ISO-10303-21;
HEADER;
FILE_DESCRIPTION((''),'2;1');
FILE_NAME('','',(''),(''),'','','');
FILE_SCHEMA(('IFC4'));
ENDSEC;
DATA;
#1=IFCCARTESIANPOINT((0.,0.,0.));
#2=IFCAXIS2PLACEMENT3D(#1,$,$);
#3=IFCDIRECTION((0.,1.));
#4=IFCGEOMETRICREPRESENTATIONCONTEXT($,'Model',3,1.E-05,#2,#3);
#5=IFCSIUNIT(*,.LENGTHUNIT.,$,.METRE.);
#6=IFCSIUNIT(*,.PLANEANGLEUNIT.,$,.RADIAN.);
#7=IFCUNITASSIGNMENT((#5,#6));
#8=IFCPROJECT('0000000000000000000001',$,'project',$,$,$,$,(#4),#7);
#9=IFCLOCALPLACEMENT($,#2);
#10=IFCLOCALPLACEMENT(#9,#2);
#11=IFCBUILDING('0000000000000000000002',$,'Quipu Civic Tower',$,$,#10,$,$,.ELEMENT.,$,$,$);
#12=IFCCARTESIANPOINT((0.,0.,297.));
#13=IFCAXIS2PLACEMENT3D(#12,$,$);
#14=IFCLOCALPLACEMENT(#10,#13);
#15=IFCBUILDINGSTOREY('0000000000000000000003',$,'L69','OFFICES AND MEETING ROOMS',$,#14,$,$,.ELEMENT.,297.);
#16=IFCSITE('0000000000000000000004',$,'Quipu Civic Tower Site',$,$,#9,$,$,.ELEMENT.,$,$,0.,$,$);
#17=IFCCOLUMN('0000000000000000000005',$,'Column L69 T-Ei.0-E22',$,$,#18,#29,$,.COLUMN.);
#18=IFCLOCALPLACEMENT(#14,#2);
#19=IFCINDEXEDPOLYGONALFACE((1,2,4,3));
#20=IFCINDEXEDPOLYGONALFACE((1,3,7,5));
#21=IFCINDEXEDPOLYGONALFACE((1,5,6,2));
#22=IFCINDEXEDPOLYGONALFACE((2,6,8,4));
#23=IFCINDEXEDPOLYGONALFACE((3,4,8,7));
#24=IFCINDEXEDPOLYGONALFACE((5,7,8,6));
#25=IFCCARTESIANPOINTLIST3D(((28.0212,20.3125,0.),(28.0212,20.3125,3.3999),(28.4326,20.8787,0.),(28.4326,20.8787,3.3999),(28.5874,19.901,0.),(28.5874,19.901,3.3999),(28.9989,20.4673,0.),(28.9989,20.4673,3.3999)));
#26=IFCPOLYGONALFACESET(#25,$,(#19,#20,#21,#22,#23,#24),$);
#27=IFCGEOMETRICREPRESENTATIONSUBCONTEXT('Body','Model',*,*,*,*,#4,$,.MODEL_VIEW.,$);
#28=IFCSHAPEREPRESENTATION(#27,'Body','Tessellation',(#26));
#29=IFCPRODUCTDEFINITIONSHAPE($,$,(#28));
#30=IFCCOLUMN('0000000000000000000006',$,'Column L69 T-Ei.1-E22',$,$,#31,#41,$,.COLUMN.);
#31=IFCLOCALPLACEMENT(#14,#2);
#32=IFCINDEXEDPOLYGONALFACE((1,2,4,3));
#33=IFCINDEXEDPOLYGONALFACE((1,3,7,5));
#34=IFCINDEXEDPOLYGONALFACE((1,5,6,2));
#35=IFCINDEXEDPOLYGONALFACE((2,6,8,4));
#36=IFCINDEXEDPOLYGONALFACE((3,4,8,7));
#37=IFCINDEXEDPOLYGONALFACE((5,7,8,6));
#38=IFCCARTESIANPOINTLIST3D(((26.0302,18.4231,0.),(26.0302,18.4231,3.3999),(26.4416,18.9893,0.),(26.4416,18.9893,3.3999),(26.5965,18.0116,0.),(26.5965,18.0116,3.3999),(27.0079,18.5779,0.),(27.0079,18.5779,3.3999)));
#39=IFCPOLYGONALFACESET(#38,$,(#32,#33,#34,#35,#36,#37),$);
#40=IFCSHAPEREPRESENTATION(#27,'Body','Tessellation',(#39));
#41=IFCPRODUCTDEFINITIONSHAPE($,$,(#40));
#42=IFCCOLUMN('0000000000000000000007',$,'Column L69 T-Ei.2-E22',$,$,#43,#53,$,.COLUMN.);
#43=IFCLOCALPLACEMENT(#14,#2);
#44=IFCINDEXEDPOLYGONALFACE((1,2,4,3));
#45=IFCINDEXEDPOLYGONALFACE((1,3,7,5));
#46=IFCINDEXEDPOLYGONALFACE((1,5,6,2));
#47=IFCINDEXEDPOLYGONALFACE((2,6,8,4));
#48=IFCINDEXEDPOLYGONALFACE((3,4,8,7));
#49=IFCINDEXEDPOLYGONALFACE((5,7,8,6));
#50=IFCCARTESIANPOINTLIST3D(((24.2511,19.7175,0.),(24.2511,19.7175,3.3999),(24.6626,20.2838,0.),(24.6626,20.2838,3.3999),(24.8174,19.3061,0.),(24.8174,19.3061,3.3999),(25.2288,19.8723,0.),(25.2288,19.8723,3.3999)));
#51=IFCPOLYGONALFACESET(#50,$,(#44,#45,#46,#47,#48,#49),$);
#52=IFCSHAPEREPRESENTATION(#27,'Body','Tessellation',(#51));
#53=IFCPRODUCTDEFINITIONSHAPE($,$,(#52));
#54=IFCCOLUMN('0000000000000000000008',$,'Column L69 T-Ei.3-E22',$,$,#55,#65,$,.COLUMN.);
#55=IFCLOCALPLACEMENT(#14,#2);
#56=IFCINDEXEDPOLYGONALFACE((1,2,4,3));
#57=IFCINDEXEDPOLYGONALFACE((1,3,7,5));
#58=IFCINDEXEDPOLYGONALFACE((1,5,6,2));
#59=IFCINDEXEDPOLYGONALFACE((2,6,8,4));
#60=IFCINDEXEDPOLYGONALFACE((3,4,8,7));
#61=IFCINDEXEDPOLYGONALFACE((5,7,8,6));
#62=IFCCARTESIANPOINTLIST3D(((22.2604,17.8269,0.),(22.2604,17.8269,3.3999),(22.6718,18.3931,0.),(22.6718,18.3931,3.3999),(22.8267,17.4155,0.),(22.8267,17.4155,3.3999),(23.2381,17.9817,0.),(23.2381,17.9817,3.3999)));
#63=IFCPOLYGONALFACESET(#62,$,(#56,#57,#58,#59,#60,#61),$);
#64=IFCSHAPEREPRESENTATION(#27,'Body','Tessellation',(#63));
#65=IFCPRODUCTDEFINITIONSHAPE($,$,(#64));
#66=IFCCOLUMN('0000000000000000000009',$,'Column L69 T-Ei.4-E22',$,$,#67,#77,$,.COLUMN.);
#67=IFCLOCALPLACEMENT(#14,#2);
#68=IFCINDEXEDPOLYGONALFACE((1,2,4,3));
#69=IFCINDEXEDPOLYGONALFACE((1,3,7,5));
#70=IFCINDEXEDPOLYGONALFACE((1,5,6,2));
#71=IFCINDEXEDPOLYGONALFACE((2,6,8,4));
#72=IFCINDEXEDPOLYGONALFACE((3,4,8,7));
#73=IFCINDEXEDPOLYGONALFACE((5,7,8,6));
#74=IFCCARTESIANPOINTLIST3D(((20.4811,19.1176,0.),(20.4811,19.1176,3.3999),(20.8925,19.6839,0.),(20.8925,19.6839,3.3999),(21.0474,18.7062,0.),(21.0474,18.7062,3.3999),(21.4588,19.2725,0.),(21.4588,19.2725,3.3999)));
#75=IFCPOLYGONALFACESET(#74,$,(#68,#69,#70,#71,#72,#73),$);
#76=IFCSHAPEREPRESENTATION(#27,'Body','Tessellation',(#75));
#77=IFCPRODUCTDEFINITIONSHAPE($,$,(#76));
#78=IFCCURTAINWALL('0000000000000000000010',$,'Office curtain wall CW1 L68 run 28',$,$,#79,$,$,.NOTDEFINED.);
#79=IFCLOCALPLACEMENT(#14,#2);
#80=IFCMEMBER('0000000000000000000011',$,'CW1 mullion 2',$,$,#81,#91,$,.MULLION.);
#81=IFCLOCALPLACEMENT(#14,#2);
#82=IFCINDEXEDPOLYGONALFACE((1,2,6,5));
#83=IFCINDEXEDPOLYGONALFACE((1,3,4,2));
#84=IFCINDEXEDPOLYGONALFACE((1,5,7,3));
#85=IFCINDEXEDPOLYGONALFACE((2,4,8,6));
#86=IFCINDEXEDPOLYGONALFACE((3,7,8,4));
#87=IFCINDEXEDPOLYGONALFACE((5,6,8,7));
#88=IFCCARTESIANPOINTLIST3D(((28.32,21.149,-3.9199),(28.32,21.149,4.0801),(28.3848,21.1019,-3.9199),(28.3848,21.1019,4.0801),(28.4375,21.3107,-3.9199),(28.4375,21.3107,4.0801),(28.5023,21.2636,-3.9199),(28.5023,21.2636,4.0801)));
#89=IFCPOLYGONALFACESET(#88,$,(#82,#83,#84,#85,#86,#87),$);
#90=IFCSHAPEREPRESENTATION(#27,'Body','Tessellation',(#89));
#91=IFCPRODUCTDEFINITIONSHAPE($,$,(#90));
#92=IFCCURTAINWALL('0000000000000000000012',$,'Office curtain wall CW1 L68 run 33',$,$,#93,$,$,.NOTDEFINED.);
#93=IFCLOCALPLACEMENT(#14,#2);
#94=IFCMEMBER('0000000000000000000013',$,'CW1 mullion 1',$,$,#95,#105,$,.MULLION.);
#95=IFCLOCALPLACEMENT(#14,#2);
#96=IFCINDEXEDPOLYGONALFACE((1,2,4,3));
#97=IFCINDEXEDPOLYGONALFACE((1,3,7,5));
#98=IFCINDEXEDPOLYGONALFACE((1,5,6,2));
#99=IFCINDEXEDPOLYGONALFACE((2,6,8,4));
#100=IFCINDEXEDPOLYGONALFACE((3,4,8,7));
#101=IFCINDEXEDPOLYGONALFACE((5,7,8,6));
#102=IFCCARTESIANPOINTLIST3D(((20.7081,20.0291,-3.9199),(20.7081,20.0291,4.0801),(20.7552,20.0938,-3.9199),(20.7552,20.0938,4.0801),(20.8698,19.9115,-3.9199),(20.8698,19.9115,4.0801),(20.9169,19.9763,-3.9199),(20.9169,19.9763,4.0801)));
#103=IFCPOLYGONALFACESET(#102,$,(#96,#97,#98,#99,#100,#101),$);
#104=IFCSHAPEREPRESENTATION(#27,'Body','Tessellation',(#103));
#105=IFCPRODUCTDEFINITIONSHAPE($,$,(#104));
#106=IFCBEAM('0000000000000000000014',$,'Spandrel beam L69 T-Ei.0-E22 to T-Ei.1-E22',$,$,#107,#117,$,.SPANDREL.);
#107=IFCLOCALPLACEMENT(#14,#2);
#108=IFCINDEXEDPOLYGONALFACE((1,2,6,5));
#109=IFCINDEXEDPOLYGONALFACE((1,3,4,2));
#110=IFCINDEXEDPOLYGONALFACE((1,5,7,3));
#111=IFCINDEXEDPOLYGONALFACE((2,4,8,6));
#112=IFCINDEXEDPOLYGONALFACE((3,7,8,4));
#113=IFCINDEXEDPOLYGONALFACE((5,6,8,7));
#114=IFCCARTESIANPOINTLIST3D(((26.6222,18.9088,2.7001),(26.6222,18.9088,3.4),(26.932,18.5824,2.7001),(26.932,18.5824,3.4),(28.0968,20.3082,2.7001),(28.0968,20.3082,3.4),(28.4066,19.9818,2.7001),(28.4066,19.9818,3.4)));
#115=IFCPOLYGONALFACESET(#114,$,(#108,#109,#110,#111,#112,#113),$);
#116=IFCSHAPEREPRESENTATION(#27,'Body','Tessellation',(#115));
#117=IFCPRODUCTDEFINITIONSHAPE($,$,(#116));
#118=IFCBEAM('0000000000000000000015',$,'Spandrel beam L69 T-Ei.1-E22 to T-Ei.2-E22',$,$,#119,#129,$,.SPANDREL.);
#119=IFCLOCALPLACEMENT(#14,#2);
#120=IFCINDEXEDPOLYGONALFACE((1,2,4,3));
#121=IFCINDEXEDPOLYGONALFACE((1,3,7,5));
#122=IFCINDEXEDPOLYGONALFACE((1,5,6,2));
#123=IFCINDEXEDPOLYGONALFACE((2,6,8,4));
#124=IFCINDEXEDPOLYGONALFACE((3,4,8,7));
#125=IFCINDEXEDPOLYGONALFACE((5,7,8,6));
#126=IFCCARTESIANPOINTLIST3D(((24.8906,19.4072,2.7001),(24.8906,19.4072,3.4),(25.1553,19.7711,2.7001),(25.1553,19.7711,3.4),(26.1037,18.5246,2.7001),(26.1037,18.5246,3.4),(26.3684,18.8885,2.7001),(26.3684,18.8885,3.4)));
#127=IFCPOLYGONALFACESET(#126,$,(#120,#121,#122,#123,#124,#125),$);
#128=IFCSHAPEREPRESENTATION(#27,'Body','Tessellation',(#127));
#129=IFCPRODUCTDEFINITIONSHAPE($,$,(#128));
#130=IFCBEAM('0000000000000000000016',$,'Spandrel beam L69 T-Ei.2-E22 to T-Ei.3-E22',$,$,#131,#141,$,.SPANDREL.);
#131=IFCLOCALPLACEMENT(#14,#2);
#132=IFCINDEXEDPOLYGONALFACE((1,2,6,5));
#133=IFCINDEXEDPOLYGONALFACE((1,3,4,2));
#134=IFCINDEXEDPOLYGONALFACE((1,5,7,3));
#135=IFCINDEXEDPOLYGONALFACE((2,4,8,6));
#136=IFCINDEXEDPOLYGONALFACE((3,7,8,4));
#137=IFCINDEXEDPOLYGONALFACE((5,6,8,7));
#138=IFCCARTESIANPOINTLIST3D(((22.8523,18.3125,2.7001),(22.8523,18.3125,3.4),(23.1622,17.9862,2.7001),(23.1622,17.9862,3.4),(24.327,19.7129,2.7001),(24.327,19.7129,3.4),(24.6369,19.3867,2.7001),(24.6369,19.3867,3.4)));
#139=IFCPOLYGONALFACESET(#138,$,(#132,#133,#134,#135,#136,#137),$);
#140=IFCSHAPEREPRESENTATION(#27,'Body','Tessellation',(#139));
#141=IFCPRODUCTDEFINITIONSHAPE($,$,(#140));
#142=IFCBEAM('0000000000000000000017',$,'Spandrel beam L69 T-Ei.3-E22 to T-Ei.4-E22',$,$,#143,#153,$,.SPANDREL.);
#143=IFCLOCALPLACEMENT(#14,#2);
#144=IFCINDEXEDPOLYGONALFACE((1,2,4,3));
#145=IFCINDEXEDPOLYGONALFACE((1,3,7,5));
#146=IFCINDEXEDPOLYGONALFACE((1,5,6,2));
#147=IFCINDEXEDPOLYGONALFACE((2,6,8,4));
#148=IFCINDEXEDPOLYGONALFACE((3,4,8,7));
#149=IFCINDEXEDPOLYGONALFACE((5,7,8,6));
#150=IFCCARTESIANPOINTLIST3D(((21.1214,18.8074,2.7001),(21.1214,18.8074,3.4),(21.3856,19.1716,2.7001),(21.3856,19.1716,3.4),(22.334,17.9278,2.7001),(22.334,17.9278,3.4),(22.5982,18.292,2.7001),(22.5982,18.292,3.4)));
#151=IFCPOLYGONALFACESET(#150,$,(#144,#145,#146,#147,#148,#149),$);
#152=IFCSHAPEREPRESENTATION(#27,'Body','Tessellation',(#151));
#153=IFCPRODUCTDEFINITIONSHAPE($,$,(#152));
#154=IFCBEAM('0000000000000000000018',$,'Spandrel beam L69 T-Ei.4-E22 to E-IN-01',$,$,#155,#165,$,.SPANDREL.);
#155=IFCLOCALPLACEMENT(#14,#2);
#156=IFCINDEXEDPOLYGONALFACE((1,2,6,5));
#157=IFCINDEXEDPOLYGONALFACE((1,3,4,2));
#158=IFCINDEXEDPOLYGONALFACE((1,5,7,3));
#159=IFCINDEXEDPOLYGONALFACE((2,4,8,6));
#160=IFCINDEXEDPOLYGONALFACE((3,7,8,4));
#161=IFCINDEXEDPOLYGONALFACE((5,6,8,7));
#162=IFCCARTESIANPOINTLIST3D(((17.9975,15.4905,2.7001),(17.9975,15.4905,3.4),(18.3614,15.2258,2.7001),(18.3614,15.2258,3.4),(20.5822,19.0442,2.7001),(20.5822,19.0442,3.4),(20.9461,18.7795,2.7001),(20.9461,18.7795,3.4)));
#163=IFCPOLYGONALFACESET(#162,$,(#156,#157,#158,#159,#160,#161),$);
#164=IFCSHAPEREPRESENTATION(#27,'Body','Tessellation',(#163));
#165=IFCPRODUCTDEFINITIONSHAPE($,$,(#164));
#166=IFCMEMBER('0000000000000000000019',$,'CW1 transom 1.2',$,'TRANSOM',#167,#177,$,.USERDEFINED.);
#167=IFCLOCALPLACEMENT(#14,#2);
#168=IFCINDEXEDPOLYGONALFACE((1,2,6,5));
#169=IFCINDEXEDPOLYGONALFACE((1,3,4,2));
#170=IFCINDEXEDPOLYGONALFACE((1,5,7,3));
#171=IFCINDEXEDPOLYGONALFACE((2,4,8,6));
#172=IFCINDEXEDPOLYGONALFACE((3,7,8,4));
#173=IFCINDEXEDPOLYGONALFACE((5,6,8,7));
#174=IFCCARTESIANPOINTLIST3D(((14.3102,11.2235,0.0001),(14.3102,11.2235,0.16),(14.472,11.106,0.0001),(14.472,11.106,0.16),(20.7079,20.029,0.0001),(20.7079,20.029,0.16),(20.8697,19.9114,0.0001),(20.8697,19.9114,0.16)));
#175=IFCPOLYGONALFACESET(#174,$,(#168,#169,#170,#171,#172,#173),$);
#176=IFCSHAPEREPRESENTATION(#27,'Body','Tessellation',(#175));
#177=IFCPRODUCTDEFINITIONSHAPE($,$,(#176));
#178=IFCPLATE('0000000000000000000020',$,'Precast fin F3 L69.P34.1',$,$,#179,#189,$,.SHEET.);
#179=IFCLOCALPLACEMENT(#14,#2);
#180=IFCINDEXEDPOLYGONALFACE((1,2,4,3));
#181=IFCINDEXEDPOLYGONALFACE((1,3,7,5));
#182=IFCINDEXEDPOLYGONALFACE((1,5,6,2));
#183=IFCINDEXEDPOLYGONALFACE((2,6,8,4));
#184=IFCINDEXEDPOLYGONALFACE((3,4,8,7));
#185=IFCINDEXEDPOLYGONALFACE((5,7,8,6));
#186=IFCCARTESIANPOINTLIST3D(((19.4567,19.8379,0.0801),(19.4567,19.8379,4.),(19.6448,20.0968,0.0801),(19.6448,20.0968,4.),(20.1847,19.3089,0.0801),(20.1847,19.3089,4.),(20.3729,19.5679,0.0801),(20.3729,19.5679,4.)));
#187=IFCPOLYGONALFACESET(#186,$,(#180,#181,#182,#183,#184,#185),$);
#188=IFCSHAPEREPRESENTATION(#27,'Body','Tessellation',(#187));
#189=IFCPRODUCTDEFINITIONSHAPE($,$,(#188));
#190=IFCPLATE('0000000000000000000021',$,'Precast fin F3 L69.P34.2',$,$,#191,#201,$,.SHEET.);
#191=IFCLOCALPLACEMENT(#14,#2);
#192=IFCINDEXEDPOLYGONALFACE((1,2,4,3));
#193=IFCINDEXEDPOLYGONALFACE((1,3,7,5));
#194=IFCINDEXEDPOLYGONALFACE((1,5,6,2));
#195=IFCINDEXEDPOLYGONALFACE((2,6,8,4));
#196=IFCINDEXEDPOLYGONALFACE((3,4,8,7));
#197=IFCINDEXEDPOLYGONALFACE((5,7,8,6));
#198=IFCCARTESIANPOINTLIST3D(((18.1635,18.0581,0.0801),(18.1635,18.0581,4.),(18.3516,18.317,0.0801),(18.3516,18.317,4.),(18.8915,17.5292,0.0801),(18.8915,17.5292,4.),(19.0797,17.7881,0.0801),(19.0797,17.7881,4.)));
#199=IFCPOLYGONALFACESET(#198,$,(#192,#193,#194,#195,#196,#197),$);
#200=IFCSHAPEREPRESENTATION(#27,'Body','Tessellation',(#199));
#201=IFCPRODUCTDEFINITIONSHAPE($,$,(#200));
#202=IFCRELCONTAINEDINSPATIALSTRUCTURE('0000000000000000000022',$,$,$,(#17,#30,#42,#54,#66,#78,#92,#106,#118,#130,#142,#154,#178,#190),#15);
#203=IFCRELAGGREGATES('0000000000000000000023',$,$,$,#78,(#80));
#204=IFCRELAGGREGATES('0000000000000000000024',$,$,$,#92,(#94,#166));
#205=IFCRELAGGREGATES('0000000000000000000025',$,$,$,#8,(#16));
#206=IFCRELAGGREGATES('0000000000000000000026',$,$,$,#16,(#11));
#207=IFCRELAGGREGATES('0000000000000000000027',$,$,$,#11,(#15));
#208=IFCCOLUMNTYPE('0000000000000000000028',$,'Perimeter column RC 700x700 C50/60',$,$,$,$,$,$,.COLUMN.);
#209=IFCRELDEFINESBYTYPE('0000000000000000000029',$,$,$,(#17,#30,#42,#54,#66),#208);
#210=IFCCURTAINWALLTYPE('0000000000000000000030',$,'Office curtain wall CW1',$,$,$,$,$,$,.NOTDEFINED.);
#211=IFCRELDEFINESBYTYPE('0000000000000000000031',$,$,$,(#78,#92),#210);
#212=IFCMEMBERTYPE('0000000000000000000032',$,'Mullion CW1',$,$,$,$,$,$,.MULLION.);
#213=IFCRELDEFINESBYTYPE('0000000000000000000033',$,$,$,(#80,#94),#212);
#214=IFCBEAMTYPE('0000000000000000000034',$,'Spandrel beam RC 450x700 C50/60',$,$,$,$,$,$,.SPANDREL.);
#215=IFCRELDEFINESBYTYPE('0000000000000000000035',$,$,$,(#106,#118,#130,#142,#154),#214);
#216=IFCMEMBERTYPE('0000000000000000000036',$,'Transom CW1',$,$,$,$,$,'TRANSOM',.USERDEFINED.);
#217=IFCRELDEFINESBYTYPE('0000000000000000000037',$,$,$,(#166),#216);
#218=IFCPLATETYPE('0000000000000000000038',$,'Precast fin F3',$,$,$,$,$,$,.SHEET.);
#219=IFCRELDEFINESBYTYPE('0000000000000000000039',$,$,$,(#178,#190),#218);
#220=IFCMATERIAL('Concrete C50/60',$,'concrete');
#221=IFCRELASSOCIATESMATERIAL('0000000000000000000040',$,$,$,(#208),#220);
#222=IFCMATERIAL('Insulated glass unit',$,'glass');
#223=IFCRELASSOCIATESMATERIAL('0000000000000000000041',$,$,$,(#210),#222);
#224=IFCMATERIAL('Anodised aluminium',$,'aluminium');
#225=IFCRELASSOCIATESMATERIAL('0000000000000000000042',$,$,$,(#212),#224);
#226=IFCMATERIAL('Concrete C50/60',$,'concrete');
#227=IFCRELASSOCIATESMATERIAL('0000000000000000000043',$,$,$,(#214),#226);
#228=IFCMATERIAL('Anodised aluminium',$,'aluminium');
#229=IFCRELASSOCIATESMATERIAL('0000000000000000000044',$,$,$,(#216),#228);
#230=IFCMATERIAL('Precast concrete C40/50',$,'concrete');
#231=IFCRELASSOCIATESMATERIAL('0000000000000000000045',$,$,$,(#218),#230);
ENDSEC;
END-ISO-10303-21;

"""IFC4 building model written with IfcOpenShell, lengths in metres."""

from ifc_helpers import new_model, si_unit, direction, frame, origin, origin_2d, place, context, subcontext, project, spatial, rectangle, extrude, material, material_profile, profile_set, type_object, element, aggregate, save


model = new_model("IFC4")

# Units and contexts
model_context = context("Model", 3, precision=1e-05, world=origin(), true_north=direction((0.0, 1.0)))
body_context = subcontext(model_context, "Body", "Model", "MODEL_VIEW")
ifc_project = project(units=[si_unit("LENGTHUNIT", "METRE"), si_unit("PLANEANGLEUNIT", "RADIAN")], contexts=[model_context])

# Site, building, storey
site_placement = place(None, origin())
site = spatial("IfcSite", under=ifc_project, at=site_placement, Name="Quipu Civic Tower Site", CompositionType="ELEMENT", RefElevation=0.0)
building_placement = place(site_placement, origin())
building = spatial("IfcBuilding", under=site, at=building_placement, Name="Quipu Civic Tower", CompositionType="ELEMENT")
storey_placement = place(building_placement, frame((0.0, 0.0, 297.0)))
storey = spatial("IfcBuildingStorey", under=building, at=storey_placement, Name="L69", Description="OFFICES AND MEETING ROOMS", CompositionType="ELEMENT", Elevation=297.0)

# Columns
ifc_material_1 = material(Name="Concrete C50/60", Category="concrete")
ifc_material_profile_1 = material_profile(ifc_material_1, rectangle(XDim=0.7, YDim=0.7, at=origin_2d()), Name="RC700x700")
ifc_profile_set_1 = profile_set([ifc_material_profile_1], Name="Concrete C50/60")
column_type = type_object("IfcColumnType", Name="Perimeter column RC 700x700 C50/60", PredefinedType="COLUMN", material=ifc_profile_set_1)
for number, where, z_axis, x_axis, name in (
    (1, (28.51, 20.3899, 0.0), (0.0, 0.0, 1.0), (-0.587785, -0.809017, 0.0), "Column L69 T-Ei.0-E22"),
    (2, (26.519, 18.5005, 0.0), (0.0, 0.0, 1.0), (-0.809017, 0.587785, 0.0), "Column L69 T-Ei.1-E22"),
    (3, (24.74, 19.7949, 0.0), (0.0, 0.0, 1.0), (-0.587785, -0.809017, 0.0), "Column L69 T-Ei.2-E22"),
    (4, (22.7493, 17.9043, 0.0), (0.0, 0.0, 1.0), (-0.587785, -0.809017, 0.0), "Column L69 T-Ei.3-E22"),
    (5, (20.97, 19.1951, 0.0), (0.0, 0.0, 1.0), (-0.587785, -0.809017, 0.0), "Column L69 T-Ei.4-E22"),
):
    element("IfcColumn", number, at=place(storey_placement, frame(where, z_axis=z_axis, x_axis=x_axis)), inside=storey, type_object=column_type, Name=name, PredefinedType="COLUMN", context=body_context, shape_type="SweptSolid", body=[
        extrude(rectangle(XDim=0.7, YDim=0.7, at=origin_2d()), origin(), (0.0, 0.0, 1.0), 3.3999),
    ])

# Curtain walls, members
ifc_material_2 = material(Name="Insulated glass unit", Category="glass")
curtain_wall_type = type_object("IfcCurtainWallType", Name="Office curtain wall CW1", PredefinedType="NOTDEFINED", material=ifc_material_2)
curtain_wall_1_placement = place(storey_placement, origin())
curtain_wall_1 = element("IfcCurtainWall", 6, at=curtain_wall_1_placement, inside=storey, type_object=curtain_wall_type, Name="Office curtain wall CW1 L68 run 28", PredefinedType="NOTDEFINED")
ifc_material_3 = material(Name="Anodised aluminium", Category="aluminium")
ifc_material_profile_2 = material_profile(ifc_material_3, rectangle(XDim=0.2, YDim=0.0801, at=origin_2d()), Name="RECT 200x80")
ifc_profile_set_2 = profile_set([ifc_material_profile_2], Name="Anodised aluminium")
member_type_1 = type_object("IfcMemberType", Name="Mullion CW1", PredefinedType="MULLION", material=ifc_profile_set_2)
member_1_placement = place(storey_placement, frame((28.4111, 21.2063, -3.9199), z_axis=(0.0, 0.0, 1.0), x_axis=(-0.587788, -0.809015, 0.0)))
member_1 = element("IfcMember", 7, at=member_1_placement, type_object=member_type_1, Name="CW1 mullion 2", PredefinedType="MULLION", context=body_context, shape_type="SweptSolid", body=[
    extrude(rectangle(XDim=0.2, YDim=0.0801, at=origin_2d()), origin(), (0.0, 0.0, 1.0), 8.0),
])
aggregate(curtain_wall_1, [member_1])
curtain_wall_2_placement = place(storey_placement, origin())
curtain_wall_2 = element("IfcCurtainWall", 8, at=curtain_wall_2_placement, inside=storey, type_object=curtain_wall_type, Name="Office curtain wall CW1 L68 run 33", PredefinedType="NOTDEFINED")
member_2_placement = place(storey_placement, frame((20.8125, 20.0027, -3.9199), z_axis=(0.0, 0.0, 1.0), x_axis=(0.809015, -0.587788, 0.0)))
member_2 = element("IfcMember", 9, at=member_2_placement, type_object=member_type_1, Name="CW1 mullion 1", PredefinedType="MULLION", context=body_context, shape_type="SweptSolid", body=[
    extrude(rectangle(XDim=0.2, YDim=0.0801, at=origin_2d()), origin(), (0.0, 0.0, 1.0), 8.0),
])

# Beams
ifc_material_4 = material(Name="Concrete C50/60", Category="concrete")
ifc_material_profile_3 = material_profile(ifc_material_4, rectangle(XDim=0.45, YDim=0.7, at=origin_2d()), Name="RC450x700")
ifc_profile_set_3 = profile_set([ifc_material_profile_3], Name="Concrete C50/60")
beam_type = type_object("IfcBeamType", Name="Spandrel beam RC 450x700 C50/60", PredefinedType="SPANDREL", material=ifc_profile_set_3)
beam_1_placement = place(storey_placement, frame((28.2517, 20.145, 3.05), z_axis=(-0.725359, -0.688371, 0.0), x_axis=(0.688371, -0.725359, 0.0)))
element("IfcBeam", 10, at=beam_1_placement, inside=storey, type_object=beam_type, Name="Spandrel beam L69 T-Ei.0-E22 to T-Ei.1-E22", PredefinedType="SPANDREL", context=body_context, shape_type="SweptSolid", body=[
    extrude(rectangle(XDim=0.45, YDim=0.7, at=origin_2d()), origin(), (0.0, 0.0, 1.0), 2.033),
])
beam_2_placement = place(storey_placement, frame((26.2361, 18.7065, 3.05), z_axis=(-0.808645, 0.588297, 0.0), x_axis=(-0.588297, -0.808645, 0.0)))
element("IfcBeam", 11, at=beam_2_placement, inside=storey, type_object=beam_type, Name="Spandrel beam L69 T-Ei.1-E22 to T-Ei.2-E22", PredefinedType="SPANDREL", context=body_context, shape_type="SweptSolid", body=[
    extrude(rectangle(XDim=0.45, YDim=0.7, at=origin_2d()), origin(), (0.0, 0.0, 1.0), 1.5002),
])
beam_3_placement = place(storey_placement, frame((24.4819, 19.5498, 3.05), z_axis=(-0.725119, -0.688623, 0.0), x_axis=(0.688623, -0.725119, 0.0)))
element("IfcBeam", 12, at=beam_3_placement, inside=storey, type_object=beam_type, Name="Spandrel beam L69 T-Ei.2-E22 to T-Ei.3-E22", PredefinedType="SPANDREL", context=body_context, shape_type="SweptSolid", body=[
    extrude(rectangle(XDim=0.45, YDim=0.7, at=origin_2d()), origin(), (0.0, 0.0, 1.0), 2.0337),
])
beam_4_placement = place(storey_placement, frame((22.4661, 18.1099, 3.05), z_axis=(-0.809461, 0.587173, 0.0), x_axis=(-0.587173, -0.809461, 0.0)))
element("IfcBeam", 13, at=beam_4_placement, inside=storey, type_object=beam_type, Name="Spandrel beam L69 T-Ei.3-E22 to T-Ei.4-E22", PredefinedType="SPANDREL", context=body_context, shape_type="SweptSolid", body=[
    extrude(rectangle(XDim=0.45, YDim=0.7, at=origin_2d()), origin(), (0.0, 0.0, 1.0), 1.498),
])
beam_5_placement = place(storey_placement, frame((20.7642, 18.9119, 3.05), z_axis=(-0.588201, -0.808714, 0.0), x_axis=(0.808714, -0.588201, 0.0)))
element("IfcBeam", 14, at=beam_5_placement, inside=storey, type_object=beam_type, Name="Spandrel beam L69 T-Ei.4-E22 to E-IN-01", PredefinedType="SPANDREL", context=body_context, shape_type="SweptSolid", body=[
    extrude(rectangle(XDim=0.45, YDim=0.7, at=origin_2d()), origin(), (0.0, 0.0, 1.0), 4.3943),
])

# Member
ifc_material_5 = material(Name="Anodised aluminium", Category="aluminium")
ifc_material_profile_4 = material_profile(ifc_material_5, rectangle(XDim=0.2, YDim=0.1599, at=origin_2d()), Name="RECT 200x160")
ifc_profile_set_4 = profile_set([ifc_material_profile_4], Name="Anodised aluminium")
member_type_2 = type_object("IfcMemberType", Name="Transom CW1", ElementType="TRANSOM", PredefinedType="USERDEFINED", material=ifc_profile_set_4)
member_3_placement = place(storey_placement, frame((20.7888, 19.9702, 0.0801), z_axis=(-0.587797, -0.809009, 0.0), x_axis=(0.809009, -0.587797, 0.0)))
member_3 = element("IfcMember", 15, at=member_3_placement, type_object=member_type_2, Name="CW1 transom 1.2", ObjectType="TRANSOM", PredefinedType="USERDEFINED", context=body_context, shape_type="SweptSolid", body=[
    extrude(rectangle(XDim=0.2, YDim=0.1599, at=origin_2d()), origin(), (0.0, 0.0, 1.0), 10.8843),
])
aggregate(curtain_wall_2, [member_2, member_3])

# Plates
ifc_material_6 = material(Name="Precast concrete C40/50", Category="concrete")
plate_type = type_object("IfcPlateType", Name="Precast fin F3", PredefinedType="SHEET", material=ifc_material_6)
for number, where, z_axis, x_axis, name in (
    (16, (19.9148, 19.7029, 0.0801), (0.0, 0.0, 1.0), (-0.587784, -0.809018, 0.0), "Precast fin F3 L69.P34.1"),
    (17, (18.6216, 17.9231, 0.0801), (0.0, 0.0, 1.0), (-0.587784, -0.809018, 0.0), "Precast fin F3 L69.P34.2"),
):
    element("IfcPlate", number, at=place(storey_placement, frame(where, z_axis=z_axis, x_axis=x_axis)), inside=storey, type_object=plate_type, Name=name, PredefinedType="SHEET", context=body_context, shape_type="SweptSolid", body=[
        extrude(rectangle(XDim=0.3201, YDim=0.8999, at=origin_2d()), origin(), (0.0, 0.0, 1.0), 3.9199),
    ])

save(model, "model.ifc")
